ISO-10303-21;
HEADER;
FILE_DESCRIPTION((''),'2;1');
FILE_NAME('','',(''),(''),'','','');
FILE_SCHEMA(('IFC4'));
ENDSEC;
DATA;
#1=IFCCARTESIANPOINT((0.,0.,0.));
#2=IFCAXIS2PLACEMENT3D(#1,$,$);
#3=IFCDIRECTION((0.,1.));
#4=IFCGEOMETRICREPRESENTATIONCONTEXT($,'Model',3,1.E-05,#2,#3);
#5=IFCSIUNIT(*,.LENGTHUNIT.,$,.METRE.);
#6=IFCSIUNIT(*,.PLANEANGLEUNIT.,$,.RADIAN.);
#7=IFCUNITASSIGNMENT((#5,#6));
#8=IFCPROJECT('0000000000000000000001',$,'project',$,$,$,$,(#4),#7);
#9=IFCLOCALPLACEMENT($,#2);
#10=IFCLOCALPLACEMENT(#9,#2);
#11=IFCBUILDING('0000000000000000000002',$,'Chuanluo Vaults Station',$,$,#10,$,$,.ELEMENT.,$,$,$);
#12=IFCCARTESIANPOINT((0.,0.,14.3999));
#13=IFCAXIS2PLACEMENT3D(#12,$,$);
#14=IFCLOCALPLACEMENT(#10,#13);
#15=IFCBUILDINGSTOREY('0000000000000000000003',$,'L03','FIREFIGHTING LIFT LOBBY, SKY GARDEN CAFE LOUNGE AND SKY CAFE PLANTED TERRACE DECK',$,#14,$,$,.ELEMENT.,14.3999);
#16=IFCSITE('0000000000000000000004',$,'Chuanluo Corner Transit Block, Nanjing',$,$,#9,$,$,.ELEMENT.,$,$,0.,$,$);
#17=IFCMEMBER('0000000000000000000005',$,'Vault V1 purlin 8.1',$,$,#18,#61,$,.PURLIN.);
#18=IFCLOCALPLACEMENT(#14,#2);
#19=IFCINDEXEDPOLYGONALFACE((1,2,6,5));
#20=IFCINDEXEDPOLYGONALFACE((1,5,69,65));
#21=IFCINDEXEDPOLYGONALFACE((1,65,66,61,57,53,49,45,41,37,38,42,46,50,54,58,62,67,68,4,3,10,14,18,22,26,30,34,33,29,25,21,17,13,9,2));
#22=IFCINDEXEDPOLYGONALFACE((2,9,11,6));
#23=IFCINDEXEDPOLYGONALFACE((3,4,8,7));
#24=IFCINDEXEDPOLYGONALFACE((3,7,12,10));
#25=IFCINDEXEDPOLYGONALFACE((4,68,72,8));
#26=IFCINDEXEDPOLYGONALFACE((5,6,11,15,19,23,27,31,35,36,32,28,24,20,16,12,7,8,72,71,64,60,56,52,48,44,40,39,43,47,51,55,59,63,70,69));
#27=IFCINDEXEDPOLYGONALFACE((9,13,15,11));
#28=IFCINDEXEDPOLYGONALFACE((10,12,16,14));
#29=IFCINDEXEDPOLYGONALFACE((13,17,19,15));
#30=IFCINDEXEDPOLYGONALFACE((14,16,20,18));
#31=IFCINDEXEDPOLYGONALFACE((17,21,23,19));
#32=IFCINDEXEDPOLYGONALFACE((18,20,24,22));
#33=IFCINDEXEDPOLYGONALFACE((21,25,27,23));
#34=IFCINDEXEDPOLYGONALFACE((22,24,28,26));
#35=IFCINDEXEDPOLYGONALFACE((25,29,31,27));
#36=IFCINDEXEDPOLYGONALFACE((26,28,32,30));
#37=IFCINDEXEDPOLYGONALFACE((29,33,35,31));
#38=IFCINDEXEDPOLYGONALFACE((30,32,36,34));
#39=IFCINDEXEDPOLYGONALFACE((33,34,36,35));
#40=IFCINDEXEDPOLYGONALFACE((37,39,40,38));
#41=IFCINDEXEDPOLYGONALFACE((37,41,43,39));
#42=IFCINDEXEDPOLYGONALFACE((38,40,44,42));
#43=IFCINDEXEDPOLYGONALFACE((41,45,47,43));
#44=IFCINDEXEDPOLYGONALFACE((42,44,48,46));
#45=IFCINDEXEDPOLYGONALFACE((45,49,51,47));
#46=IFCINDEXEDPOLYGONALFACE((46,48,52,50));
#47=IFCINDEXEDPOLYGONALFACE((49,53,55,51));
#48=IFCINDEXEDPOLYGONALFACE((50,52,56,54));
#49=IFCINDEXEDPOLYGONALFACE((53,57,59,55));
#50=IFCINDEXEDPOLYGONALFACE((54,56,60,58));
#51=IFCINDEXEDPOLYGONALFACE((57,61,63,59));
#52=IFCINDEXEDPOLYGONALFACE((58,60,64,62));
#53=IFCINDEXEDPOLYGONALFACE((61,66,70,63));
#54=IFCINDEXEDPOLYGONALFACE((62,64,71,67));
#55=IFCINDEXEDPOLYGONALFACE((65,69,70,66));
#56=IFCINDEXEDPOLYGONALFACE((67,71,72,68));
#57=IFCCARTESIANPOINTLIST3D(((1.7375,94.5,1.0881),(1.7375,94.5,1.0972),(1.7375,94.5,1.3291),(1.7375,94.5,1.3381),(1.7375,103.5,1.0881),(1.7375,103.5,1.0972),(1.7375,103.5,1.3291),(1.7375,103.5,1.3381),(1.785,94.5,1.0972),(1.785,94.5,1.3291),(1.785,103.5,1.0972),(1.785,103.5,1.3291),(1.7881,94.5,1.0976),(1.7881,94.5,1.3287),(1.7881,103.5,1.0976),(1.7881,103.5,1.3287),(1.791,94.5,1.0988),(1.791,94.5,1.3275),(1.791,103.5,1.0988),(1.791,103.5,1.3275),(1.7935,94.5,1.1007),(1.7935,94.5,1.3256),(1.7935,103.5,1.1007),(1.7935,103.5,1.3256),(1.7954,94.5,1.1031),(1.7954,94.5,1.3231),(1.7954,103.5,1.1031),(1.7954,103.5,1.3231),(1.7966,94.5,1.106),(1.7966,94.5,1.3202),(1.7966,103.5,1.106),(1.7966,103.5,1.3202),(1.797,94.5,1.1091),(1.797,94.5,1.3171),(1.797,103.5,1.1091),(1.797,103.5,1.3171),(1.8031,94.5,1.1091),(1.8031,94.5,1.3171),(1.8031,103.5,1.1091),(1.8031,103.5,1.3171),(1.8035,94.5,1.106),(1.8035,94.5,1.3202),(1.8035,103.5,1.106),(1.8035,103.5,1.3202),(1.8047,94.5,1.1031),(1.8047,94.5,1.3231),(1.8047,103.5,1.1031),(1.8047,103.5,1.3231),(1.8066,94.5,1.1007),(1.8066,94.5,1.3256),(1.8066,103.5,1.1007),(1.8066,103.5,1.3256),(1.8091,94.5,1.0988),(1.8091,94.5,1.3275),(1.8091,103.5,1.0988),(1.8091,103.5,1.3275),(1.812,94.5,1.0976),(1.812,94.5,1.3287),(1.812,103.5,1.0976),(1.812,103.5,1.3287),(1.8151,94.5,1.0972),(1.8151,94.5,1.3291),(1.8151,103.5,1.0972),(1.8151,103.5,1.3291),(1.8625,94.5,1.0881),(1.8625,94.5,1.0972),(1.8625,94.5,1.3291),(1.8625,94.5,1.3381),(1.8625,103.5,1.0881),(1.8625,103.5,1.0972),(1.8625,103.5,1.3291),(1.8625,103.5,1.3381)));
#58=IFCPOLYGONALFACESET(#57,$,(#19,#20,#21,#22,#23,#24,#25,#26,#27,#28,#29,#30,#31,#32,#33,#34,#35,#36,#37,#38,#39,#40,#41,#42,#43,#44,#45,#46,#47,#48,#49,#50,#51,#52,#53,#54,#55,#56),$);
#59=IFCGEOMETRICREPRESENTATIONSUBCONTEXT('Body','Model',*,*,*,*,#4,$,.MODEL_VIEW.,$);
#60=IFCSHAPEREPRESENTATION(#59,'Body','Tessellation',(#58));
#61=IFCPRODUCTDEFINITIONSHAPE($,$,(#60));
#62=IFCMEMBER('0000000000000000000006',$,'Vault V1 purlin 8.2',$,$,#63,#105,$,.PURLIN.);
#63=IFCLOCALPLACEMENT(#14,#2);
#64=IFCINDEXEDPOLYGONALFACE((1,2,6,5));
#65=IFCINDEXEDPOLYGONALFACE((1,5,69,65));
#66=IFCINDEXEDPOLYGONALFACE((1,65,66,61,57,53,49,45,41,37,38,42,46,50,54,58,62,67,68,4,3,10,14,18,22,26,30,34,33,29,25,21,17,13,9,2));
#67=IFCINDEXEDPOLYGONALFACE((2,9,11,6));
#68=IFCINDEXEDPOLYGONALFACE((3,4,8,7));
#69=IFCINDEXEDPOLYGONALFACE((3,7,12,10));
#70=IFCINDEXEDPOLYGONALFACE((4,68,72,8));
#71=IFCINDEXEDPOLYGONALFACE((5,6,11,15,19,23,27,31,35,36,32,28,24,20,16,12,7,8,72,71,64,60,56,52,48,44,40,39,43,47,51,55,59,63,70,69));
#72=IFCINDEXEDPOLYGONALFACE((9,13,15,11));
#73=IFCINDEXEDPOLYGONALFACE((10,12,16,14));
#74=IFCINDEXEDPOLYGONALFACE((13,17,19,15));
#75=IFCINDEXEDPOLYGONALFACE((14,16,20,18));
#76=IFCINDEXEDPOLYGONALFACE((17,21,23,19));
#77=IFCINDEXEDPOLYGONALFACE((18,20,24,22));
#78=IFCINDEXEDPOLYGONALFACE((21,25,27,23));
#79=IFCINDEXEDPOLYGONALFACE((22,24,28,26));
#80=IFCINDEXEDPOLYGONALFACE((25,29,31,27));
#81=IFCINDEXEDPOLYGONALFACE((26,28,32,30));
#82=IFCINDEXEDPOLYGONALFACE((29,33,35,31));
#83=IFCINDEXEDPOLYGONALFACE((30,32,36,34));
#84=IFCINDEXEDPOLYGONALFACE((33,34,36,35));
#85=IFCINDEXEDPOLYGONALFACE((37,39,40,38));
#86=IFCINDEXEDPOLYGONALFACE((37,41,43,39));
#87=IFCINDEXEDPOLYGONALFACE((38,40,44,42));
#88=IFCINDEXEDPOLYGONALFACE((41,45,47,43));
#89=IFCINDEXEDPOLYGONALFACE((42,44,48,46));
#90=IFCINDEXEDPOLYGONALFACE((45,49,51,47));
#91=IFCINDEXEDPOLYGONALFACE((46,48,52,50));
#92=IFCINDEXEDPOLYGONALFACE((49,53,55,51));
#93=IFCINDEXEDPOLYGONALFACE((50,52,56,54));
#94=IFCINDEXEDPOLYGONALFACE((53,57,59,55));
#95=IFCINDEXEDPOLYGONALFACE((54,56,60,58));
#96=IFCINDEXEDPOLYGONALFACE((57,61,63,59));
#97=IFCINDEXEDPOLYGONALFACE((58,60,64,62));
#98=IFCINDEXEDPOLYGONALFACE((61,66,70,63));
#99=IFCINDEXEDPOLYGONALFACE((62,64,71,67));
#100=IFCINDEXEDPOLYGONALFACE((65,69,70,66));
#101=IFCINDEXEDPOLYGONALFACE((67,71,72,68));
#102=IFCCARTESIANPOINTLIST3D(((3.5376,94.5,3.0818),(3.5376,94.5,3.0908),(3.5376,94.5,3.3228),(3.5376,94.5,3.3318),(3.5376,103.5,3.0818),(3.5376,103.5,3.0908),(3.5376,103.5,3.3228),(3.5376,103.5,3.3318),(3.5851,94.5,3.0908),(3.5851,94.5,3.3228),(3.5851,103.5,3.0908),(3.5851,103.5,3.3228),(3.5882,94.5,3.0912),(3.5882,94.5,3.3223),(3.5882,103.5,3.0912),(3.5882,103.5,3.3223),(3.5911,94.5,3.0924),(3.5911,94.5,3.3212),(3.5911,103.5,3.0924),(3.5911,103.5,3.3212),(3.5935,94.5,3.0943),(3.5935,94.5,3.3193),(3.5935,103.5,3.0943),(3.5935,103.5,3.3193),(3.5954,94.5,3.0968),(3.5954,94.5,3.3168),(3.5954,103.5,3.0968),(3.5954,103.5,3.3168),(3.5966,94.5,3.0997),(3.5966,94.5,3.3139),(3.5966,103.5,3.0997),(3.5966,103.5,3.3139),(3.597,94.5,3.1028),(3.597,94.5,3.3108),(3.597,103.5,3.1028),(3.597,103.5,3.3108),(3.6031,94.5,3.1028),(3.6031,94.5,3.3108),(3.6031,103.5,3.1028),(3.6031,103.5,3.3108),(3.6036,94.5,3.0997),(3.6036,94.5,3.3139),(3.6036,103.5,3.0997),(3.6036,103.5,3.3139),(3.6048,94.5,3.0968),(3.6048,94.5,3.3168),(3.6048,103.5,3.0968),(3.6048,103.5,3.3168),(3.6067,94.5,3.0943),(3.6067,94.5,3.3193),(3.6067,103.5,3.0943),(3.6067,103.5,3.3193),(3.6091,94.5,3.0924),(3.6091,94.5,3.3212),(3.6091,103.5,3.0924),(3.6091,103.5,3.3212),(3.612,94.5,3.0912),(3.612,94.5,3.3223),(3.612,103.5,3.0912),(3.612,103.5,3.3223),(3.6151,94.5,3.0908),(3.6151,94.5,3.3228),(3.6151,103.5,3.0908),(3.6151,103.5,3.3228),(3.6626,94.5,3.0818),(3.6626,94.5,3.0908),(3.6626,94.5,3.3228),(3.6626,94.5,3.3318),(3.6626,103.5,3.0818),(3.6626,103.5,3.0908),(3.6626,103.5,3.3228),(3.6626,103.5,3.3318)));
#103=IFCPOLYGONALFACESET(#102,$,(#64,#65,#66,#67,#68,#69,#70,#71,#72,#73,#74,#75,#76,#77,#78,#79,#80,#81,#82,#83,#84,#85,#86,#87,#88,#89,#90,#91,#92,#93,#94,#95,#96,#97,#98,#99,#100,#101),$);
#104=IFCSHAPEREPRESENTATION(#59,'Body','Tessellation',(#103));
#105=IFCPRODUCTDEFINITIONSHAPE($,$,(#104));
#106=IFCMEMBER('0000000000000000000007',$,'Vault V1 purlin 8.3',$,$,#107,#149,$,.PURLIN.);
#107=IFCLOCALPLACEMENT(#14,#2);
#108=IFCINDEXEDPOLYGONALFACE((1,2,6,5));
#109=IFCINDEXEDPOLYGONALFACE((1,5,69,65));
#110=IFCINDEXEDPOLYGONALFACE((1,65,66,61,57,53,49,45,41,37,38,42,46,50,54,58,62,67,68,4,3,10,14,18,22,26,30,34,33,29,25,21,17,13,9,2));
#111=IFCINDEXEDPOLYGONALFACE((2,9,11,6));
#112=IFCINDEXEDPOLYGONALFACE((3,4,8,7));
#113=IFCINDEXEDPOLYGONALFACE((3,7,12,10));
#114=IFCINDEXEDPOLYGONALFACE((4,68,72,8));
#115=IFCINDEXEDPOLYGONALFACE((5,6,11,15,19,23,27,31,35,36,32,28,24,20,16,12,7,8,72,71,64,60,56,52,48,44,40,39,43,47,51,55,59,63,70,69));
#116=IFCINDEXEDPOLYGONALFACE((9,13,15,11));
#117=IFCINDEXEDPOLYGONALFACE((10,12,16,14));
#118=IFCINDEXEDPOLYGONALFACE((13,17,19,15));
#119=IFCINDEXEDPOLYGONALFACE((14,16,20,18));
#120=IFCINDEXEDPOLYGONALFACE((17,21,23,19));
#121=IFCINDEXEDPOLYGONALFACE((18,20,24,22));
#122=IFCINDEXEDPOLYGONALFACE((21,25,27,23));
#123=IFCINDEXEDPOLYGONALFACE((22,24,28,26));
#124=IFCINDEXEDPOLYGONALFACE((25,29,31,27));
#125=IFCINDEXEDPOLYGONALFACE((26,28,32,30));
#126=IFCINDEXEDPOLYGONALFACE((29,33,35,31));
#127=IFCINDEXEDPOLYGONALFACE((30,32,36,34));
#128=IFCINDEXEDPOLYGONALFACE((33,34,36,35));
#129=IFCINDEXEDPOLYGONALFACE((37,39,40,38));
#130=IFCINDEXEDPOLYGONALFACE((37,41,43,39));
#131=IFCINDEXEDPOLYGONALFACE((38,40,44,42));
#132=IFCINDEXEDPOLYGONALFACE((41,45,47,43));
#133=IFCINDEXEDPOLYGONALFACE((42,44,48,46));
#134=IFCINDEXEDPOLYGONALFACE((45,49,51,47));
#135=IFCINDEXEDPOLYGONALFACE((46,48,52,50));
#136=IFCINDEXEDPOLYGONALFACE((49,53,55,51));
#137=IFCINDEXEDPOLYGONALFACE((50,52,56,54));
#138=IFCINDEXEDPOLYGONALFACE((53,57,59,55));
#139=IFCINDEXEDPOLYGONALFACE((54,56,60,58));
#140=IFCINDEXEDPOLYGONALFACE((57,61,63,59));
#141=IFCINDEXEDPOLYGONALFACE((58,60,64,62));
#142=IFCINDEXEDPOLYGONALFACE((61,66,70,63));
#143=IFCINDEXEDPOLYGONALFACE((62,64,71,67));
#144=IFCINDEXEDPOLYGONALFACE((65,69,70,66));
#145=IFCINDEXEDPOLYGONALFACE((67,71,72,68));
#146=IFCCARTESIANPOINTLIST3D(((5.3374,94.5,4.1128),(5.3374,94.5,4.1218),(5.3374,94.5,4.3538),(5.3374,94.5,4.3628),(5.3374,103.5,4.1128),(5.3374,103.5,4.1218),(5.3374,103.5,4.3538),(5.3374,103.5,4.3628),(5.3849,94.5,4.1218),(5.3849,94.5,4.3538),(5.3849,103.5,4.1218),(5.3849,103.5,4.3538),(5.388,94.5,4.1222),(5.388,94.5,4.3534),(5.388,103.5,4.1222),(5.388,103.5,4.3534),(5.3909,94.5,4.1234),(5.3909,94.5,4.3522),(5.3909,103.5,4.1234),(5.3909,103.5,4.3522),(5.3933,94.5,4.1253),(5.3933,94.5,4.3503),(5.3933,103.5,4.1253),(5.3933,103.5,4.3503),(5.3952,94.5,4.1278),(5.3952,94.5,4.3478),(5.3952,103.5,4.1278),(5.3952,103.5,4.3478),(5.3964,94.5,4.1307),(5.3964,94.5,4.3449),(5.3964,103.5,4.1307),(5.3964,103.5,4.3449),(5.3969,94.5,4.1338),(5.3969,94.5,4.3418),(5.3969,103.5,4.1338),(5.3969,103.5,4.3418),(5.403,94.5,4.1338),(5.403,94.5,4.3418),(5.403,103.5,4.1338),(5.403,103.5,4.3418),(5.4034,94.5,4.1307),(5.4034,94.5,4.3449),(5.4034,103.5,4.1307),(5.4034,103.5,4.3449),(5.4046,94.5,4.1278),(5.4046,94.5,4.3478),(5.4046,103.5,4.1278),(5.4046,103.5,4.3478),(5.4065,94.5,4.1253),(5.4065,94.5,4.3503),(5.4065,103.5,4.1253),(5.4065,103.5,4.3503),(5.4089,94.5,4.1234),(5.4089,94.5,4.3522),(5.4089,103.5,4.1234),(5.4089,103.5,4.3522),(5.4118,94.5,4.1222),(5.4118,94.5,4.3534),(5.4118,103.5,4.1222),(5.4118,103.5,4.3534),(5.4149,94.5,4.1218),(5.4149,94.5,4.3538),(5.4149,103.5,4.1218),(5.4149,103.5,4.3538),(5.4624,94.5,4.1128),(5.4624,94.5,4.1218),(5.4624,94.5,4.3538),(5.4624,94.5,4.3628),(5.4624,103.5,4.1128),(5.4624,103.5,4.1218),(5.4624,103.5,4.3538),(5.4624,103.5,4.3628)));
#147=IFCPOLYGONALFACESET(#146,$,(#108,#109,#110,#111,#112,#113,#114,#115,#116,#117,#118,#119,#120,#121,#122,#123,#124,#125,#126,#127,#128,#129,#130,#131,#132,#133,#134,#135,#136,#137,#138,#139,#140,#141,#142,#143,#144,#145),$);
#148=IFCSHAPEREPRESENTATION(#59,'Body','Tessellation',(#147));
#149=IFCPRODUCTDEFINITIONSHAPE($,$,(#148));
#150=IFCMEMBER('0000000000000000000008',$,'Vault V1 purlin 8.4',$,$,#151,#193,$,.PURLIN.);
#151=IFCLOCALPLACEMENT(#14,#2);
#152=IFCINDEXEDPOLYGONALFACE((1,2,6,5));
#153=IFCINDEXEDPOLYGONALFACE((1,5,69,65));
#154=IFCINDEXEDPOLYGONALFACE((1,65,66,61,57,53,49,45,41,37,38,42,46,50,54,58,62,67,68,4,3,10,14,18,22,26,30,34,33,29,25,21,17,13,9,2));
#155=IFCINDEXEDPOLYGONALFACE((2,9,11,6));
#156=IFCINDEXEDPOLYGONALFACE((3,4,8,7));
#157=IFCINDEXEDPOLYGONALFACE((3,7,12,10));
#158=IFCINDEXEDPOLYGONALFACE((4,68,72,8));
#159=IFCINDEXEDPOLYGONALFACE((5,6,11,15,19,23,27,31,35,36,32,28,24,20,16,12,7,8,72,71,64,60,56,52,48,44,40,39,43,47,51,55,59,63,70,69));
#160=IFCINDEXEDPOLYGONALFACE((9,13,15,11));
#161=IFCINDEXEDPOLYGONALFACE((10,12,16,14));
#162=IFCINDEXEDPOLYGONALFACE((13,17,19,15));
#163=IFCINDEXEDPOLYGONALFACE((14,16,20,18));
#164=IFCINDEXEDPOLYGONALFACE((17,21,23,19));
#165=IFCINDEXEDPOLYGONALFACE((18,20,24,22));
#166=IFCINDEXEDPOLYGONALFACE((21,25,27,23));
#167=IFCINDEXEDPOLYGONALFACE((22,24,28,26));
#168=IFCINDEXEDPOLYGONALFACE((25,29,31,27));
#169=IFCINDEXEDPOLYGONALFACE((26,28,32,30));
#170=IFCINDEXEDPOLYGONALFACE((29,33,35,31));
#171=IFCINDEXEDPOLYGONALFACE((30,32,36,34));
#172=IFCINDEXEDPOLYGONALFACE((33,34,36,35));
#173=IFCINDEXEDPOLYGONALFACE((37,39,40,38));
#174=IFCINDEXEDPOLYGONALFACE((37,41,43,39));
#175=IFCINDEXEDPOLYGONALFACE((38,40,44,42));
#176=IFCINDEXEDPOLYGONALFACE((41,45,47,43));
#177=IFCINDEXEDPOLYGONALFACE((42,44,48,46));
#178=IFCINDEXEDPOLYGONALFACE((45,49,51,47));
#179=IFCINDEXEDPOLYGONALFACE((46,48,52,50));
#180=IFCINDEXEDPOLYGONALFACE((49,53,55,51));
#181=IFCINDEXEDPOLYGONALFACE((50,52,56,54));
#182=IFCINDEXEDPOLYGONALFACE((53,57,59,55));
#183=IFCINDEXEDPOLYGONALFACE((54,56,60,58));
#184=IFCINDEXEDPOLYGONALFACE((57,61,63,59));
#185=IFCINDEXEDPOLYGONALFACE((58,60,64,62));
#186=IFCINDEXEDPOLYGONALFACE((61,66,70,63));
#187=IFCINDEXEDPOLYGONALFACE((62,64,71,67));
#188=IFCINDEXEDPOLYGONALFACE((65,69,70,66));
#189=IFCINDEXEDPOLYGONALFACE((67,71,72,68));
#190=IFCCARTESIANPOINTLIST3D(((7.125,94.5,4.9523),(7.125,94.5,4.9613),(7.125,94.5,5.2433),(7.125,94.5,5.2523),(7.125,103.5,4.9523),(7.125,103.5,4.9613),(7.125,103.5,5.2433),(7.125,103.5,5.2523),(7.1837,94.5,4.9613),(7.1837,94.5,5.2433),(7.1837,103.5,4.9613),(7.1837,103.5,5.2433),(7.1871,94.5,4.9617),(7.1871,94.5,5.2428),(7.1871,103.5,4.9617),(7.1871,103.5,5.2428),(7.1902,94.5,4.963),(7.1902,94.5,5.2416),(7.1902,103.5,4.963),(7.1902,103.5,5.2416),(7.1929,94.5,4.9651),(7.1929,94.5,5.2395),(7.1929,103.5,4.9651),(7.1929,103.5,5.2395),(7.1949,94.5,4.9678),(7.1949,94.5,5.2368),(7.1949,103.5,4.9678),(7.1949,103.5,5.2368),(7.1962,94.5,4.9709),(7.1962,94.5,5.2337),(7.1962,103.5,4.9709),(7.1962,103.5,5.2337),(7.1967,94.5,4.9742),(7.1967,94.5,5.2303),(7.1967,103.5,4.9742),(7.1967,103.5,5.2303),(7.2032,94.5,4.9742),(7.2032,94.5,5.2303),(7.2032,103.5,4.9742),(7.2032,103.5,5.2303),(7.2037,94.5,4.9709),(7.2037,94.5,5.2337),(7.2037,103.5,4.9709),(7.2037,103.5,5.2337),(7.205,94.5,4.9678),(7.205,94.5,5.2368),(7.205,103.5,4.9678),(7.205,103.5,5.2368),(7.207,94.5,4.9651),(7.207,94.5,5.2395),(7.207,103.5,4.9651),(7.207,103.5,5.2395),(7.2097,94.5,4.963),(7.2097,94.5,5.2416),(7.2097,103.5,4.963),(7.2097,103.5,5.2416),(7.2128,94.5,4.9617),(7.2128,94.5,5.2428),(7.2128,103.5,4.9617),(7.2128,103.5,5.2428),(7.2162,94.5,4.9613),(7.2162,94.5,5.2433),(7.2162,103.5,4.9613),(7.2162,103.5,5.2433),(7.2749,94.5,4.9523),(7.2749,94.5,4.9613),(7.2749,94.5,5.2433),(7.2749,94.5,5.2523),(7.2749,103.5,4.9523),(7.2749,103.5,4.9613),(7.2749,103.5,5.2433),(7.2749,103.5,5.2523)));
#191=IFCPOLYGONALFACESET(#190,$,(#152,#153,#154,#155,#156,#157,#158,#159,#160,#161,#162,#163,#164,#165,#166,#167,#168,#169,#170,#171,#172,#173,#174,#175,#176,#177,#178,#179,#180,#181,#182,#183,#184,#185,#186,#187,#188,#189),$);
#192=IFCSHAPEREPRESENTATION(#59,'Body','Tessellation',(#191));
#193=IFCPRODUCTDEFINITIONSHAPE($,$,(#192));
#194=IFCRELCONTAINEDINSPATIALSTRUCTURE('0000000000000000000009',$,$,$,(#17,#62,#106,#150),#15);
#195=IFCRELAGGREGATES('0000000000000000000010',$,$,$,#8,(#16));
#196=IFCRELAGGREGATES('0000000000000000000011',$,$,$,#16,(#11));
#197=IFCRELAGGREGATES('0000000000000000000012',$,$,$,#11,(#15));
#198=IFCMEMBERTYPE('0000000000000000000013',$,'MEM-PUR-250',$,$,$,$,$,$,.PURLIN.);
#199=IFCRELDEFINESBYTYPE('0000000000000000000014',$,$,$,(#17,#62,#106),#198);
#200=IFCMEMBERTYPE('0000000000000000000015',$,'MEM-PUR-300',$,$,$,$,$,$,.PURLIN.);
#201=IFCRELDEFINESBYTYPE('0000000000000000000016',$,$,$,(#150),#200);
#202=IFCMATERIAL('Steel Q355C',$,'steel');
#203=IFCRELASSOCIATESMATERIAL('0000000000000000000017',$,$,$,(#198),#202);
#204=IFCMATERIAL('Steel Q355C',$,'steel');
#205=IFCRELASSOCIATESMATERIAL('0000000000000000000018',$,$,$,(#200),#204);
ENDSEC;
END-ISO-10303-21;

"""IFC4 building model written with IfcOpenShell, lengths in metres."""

from ifc_helpers import new_model, si_unit, direction, frame, origin, origin_2d, place, context, subcontext, project, spatial, i_section, extrude, material, material_profile, profile_set, type_object, element, save


model = new_model("IFC4")

# Units and contexts
model_context = context("Model", 3, precision=1e-05, world=origin(), true_north=direction((0.0, 1.0)))
body_context = subcontext(model_context, "Body", "Model", "MODEL_VIEW")
ifc_project = project(units=[si_unit("LENGTHUNIT", "METRE"), si_unit("PLANEANGLEUNIT", "RADIAN")], contexts=[model_context])

# Site, building, storey
site_placement = place(None, origin())
site = spatial("IfcSite", under=ifc_project, at=site_placement, Name="Chuanluo Corner Transit Block, Nanjing", CompositionType="ELEMENT", RefElevation=0.0)
building_placement = place(site_placement, origin())
building = spatial("IfcBuilding", under=site, at=building_placement, Name="Chuanluo Vaults Station", CompositionType="ELEMENT")
storey_placement = place(building_placement, frame((0.0, 0.0, 14.3999)))
storey = spatial("IfcBuildingStorey", under=building, at=storey_placement, Name="L03", Description="FIREFIGHTING LIFT LOBBY, SKY GARDEN CAFE LOUNGE AND SKY CAFE PLANTED TERRACE DECK", CompositionType="ELEMENT", Elevation=14.3999)

# Members
ifc_material_1 = material(Name="Steel Q355C", Category="steel")
ifc_material_profile_1 = material_profile(ifc_material_1, i_section(OverallWidth=0.125, OverallDepth=0.25, WebThickness=0.0061, FlangeThickness=0.009, FilletRadius=0.012, at=origin_2d()))
ifc_profile_set_1 = profile_set([ifc_material_profile_1], Name="Steel Q355C")
member_type_1 = type_object("IfcMemberType", Name="MEM-PUR-250", PredefinedType="PURLIN", material=ifc_profile_set_1)
for number, where, z_axis, x_axis, name in (
    (1, (1.8, 94.5, 1.2131), (0.0, 1.0, 0.0), (-1.0, 0.0, 0.0), "Vault V1 purlin 8.1"),
    (2, (3.6001, 94.5, 3.2068), (0.0, 1.0, 0.0), (-1.0, 0.0, 0.0), "Vault V1 purlin 8.2"),
    (3, (5.3999, 94.5, 4.2378), (0.0, 1.0, 0.0), (-1.0, 0.0, 0.0), "Vault V1 purlin 8.3"),
):
    element("IfcMember", number, at=place(storey_placement, frame(where, z_axis=z_axis, x_axis=x_axis)), inside=storey, type_object=member_type_1, Name=name, PredefinedType="PURLIN", context=body_context, shape_type="SweptSolid", body=[
        extrude(i_section(OverallWidth=0.125, OverallDepth=0.25, WebThickness=0.0061, FlangeThickness=0.009, FilletRadius=0.012, at=origin_2d()), origin(), (0.0, 0.0, 1.0), 9.0),
    ])
ifc_material_2 = material(Name="Steel Q355C", Category="steel")
ifc_material_profile_2 = material_profile(ifc_material_2, i_section(OverallWidth=0.1499, OverallDepth=0.3, WebThickness=0.0066, FlangeThickness=0.009, FilletRadius=0.0129, at=origin_2d()))
ifc_profile_set_2 = profile_set([ifc_material_profile_2], Name="Steel Q355C")
member_type_2 = type_object("IfcMemberType", Name="MEM-PUR-300", PredefinedType="PURLIN", material=ifc_profile_set_2)
for number, where, z_axis, x_axis, name in (
    (4, (7.2, 94.5, 5.1023), (0.0, 1.0, 0.0), (-1.0, 0.0, 0.0), "Vault V1 purlin 8.4"),
):
    element("IfcMember", number, at=place(storey_placement, frame(where, z_axis=z_axis, x_axis=x_axis)), inside=storey, type_object=member_type_2, Name=name, PredefinedType="PURLIN", context=body_context, shape_type="SweptSolid", body=[
        extrude(i_section(OverallWidth=0.1499, OverallDepth=0.3, WebThickness=0.0066, FlangeThickness=0.009, FilletRadius=0.0129, at=origin_2d()), origin(), (0.0, 0.0, 1.0), 9.0),
    ])

save(model, "model.ifc")
